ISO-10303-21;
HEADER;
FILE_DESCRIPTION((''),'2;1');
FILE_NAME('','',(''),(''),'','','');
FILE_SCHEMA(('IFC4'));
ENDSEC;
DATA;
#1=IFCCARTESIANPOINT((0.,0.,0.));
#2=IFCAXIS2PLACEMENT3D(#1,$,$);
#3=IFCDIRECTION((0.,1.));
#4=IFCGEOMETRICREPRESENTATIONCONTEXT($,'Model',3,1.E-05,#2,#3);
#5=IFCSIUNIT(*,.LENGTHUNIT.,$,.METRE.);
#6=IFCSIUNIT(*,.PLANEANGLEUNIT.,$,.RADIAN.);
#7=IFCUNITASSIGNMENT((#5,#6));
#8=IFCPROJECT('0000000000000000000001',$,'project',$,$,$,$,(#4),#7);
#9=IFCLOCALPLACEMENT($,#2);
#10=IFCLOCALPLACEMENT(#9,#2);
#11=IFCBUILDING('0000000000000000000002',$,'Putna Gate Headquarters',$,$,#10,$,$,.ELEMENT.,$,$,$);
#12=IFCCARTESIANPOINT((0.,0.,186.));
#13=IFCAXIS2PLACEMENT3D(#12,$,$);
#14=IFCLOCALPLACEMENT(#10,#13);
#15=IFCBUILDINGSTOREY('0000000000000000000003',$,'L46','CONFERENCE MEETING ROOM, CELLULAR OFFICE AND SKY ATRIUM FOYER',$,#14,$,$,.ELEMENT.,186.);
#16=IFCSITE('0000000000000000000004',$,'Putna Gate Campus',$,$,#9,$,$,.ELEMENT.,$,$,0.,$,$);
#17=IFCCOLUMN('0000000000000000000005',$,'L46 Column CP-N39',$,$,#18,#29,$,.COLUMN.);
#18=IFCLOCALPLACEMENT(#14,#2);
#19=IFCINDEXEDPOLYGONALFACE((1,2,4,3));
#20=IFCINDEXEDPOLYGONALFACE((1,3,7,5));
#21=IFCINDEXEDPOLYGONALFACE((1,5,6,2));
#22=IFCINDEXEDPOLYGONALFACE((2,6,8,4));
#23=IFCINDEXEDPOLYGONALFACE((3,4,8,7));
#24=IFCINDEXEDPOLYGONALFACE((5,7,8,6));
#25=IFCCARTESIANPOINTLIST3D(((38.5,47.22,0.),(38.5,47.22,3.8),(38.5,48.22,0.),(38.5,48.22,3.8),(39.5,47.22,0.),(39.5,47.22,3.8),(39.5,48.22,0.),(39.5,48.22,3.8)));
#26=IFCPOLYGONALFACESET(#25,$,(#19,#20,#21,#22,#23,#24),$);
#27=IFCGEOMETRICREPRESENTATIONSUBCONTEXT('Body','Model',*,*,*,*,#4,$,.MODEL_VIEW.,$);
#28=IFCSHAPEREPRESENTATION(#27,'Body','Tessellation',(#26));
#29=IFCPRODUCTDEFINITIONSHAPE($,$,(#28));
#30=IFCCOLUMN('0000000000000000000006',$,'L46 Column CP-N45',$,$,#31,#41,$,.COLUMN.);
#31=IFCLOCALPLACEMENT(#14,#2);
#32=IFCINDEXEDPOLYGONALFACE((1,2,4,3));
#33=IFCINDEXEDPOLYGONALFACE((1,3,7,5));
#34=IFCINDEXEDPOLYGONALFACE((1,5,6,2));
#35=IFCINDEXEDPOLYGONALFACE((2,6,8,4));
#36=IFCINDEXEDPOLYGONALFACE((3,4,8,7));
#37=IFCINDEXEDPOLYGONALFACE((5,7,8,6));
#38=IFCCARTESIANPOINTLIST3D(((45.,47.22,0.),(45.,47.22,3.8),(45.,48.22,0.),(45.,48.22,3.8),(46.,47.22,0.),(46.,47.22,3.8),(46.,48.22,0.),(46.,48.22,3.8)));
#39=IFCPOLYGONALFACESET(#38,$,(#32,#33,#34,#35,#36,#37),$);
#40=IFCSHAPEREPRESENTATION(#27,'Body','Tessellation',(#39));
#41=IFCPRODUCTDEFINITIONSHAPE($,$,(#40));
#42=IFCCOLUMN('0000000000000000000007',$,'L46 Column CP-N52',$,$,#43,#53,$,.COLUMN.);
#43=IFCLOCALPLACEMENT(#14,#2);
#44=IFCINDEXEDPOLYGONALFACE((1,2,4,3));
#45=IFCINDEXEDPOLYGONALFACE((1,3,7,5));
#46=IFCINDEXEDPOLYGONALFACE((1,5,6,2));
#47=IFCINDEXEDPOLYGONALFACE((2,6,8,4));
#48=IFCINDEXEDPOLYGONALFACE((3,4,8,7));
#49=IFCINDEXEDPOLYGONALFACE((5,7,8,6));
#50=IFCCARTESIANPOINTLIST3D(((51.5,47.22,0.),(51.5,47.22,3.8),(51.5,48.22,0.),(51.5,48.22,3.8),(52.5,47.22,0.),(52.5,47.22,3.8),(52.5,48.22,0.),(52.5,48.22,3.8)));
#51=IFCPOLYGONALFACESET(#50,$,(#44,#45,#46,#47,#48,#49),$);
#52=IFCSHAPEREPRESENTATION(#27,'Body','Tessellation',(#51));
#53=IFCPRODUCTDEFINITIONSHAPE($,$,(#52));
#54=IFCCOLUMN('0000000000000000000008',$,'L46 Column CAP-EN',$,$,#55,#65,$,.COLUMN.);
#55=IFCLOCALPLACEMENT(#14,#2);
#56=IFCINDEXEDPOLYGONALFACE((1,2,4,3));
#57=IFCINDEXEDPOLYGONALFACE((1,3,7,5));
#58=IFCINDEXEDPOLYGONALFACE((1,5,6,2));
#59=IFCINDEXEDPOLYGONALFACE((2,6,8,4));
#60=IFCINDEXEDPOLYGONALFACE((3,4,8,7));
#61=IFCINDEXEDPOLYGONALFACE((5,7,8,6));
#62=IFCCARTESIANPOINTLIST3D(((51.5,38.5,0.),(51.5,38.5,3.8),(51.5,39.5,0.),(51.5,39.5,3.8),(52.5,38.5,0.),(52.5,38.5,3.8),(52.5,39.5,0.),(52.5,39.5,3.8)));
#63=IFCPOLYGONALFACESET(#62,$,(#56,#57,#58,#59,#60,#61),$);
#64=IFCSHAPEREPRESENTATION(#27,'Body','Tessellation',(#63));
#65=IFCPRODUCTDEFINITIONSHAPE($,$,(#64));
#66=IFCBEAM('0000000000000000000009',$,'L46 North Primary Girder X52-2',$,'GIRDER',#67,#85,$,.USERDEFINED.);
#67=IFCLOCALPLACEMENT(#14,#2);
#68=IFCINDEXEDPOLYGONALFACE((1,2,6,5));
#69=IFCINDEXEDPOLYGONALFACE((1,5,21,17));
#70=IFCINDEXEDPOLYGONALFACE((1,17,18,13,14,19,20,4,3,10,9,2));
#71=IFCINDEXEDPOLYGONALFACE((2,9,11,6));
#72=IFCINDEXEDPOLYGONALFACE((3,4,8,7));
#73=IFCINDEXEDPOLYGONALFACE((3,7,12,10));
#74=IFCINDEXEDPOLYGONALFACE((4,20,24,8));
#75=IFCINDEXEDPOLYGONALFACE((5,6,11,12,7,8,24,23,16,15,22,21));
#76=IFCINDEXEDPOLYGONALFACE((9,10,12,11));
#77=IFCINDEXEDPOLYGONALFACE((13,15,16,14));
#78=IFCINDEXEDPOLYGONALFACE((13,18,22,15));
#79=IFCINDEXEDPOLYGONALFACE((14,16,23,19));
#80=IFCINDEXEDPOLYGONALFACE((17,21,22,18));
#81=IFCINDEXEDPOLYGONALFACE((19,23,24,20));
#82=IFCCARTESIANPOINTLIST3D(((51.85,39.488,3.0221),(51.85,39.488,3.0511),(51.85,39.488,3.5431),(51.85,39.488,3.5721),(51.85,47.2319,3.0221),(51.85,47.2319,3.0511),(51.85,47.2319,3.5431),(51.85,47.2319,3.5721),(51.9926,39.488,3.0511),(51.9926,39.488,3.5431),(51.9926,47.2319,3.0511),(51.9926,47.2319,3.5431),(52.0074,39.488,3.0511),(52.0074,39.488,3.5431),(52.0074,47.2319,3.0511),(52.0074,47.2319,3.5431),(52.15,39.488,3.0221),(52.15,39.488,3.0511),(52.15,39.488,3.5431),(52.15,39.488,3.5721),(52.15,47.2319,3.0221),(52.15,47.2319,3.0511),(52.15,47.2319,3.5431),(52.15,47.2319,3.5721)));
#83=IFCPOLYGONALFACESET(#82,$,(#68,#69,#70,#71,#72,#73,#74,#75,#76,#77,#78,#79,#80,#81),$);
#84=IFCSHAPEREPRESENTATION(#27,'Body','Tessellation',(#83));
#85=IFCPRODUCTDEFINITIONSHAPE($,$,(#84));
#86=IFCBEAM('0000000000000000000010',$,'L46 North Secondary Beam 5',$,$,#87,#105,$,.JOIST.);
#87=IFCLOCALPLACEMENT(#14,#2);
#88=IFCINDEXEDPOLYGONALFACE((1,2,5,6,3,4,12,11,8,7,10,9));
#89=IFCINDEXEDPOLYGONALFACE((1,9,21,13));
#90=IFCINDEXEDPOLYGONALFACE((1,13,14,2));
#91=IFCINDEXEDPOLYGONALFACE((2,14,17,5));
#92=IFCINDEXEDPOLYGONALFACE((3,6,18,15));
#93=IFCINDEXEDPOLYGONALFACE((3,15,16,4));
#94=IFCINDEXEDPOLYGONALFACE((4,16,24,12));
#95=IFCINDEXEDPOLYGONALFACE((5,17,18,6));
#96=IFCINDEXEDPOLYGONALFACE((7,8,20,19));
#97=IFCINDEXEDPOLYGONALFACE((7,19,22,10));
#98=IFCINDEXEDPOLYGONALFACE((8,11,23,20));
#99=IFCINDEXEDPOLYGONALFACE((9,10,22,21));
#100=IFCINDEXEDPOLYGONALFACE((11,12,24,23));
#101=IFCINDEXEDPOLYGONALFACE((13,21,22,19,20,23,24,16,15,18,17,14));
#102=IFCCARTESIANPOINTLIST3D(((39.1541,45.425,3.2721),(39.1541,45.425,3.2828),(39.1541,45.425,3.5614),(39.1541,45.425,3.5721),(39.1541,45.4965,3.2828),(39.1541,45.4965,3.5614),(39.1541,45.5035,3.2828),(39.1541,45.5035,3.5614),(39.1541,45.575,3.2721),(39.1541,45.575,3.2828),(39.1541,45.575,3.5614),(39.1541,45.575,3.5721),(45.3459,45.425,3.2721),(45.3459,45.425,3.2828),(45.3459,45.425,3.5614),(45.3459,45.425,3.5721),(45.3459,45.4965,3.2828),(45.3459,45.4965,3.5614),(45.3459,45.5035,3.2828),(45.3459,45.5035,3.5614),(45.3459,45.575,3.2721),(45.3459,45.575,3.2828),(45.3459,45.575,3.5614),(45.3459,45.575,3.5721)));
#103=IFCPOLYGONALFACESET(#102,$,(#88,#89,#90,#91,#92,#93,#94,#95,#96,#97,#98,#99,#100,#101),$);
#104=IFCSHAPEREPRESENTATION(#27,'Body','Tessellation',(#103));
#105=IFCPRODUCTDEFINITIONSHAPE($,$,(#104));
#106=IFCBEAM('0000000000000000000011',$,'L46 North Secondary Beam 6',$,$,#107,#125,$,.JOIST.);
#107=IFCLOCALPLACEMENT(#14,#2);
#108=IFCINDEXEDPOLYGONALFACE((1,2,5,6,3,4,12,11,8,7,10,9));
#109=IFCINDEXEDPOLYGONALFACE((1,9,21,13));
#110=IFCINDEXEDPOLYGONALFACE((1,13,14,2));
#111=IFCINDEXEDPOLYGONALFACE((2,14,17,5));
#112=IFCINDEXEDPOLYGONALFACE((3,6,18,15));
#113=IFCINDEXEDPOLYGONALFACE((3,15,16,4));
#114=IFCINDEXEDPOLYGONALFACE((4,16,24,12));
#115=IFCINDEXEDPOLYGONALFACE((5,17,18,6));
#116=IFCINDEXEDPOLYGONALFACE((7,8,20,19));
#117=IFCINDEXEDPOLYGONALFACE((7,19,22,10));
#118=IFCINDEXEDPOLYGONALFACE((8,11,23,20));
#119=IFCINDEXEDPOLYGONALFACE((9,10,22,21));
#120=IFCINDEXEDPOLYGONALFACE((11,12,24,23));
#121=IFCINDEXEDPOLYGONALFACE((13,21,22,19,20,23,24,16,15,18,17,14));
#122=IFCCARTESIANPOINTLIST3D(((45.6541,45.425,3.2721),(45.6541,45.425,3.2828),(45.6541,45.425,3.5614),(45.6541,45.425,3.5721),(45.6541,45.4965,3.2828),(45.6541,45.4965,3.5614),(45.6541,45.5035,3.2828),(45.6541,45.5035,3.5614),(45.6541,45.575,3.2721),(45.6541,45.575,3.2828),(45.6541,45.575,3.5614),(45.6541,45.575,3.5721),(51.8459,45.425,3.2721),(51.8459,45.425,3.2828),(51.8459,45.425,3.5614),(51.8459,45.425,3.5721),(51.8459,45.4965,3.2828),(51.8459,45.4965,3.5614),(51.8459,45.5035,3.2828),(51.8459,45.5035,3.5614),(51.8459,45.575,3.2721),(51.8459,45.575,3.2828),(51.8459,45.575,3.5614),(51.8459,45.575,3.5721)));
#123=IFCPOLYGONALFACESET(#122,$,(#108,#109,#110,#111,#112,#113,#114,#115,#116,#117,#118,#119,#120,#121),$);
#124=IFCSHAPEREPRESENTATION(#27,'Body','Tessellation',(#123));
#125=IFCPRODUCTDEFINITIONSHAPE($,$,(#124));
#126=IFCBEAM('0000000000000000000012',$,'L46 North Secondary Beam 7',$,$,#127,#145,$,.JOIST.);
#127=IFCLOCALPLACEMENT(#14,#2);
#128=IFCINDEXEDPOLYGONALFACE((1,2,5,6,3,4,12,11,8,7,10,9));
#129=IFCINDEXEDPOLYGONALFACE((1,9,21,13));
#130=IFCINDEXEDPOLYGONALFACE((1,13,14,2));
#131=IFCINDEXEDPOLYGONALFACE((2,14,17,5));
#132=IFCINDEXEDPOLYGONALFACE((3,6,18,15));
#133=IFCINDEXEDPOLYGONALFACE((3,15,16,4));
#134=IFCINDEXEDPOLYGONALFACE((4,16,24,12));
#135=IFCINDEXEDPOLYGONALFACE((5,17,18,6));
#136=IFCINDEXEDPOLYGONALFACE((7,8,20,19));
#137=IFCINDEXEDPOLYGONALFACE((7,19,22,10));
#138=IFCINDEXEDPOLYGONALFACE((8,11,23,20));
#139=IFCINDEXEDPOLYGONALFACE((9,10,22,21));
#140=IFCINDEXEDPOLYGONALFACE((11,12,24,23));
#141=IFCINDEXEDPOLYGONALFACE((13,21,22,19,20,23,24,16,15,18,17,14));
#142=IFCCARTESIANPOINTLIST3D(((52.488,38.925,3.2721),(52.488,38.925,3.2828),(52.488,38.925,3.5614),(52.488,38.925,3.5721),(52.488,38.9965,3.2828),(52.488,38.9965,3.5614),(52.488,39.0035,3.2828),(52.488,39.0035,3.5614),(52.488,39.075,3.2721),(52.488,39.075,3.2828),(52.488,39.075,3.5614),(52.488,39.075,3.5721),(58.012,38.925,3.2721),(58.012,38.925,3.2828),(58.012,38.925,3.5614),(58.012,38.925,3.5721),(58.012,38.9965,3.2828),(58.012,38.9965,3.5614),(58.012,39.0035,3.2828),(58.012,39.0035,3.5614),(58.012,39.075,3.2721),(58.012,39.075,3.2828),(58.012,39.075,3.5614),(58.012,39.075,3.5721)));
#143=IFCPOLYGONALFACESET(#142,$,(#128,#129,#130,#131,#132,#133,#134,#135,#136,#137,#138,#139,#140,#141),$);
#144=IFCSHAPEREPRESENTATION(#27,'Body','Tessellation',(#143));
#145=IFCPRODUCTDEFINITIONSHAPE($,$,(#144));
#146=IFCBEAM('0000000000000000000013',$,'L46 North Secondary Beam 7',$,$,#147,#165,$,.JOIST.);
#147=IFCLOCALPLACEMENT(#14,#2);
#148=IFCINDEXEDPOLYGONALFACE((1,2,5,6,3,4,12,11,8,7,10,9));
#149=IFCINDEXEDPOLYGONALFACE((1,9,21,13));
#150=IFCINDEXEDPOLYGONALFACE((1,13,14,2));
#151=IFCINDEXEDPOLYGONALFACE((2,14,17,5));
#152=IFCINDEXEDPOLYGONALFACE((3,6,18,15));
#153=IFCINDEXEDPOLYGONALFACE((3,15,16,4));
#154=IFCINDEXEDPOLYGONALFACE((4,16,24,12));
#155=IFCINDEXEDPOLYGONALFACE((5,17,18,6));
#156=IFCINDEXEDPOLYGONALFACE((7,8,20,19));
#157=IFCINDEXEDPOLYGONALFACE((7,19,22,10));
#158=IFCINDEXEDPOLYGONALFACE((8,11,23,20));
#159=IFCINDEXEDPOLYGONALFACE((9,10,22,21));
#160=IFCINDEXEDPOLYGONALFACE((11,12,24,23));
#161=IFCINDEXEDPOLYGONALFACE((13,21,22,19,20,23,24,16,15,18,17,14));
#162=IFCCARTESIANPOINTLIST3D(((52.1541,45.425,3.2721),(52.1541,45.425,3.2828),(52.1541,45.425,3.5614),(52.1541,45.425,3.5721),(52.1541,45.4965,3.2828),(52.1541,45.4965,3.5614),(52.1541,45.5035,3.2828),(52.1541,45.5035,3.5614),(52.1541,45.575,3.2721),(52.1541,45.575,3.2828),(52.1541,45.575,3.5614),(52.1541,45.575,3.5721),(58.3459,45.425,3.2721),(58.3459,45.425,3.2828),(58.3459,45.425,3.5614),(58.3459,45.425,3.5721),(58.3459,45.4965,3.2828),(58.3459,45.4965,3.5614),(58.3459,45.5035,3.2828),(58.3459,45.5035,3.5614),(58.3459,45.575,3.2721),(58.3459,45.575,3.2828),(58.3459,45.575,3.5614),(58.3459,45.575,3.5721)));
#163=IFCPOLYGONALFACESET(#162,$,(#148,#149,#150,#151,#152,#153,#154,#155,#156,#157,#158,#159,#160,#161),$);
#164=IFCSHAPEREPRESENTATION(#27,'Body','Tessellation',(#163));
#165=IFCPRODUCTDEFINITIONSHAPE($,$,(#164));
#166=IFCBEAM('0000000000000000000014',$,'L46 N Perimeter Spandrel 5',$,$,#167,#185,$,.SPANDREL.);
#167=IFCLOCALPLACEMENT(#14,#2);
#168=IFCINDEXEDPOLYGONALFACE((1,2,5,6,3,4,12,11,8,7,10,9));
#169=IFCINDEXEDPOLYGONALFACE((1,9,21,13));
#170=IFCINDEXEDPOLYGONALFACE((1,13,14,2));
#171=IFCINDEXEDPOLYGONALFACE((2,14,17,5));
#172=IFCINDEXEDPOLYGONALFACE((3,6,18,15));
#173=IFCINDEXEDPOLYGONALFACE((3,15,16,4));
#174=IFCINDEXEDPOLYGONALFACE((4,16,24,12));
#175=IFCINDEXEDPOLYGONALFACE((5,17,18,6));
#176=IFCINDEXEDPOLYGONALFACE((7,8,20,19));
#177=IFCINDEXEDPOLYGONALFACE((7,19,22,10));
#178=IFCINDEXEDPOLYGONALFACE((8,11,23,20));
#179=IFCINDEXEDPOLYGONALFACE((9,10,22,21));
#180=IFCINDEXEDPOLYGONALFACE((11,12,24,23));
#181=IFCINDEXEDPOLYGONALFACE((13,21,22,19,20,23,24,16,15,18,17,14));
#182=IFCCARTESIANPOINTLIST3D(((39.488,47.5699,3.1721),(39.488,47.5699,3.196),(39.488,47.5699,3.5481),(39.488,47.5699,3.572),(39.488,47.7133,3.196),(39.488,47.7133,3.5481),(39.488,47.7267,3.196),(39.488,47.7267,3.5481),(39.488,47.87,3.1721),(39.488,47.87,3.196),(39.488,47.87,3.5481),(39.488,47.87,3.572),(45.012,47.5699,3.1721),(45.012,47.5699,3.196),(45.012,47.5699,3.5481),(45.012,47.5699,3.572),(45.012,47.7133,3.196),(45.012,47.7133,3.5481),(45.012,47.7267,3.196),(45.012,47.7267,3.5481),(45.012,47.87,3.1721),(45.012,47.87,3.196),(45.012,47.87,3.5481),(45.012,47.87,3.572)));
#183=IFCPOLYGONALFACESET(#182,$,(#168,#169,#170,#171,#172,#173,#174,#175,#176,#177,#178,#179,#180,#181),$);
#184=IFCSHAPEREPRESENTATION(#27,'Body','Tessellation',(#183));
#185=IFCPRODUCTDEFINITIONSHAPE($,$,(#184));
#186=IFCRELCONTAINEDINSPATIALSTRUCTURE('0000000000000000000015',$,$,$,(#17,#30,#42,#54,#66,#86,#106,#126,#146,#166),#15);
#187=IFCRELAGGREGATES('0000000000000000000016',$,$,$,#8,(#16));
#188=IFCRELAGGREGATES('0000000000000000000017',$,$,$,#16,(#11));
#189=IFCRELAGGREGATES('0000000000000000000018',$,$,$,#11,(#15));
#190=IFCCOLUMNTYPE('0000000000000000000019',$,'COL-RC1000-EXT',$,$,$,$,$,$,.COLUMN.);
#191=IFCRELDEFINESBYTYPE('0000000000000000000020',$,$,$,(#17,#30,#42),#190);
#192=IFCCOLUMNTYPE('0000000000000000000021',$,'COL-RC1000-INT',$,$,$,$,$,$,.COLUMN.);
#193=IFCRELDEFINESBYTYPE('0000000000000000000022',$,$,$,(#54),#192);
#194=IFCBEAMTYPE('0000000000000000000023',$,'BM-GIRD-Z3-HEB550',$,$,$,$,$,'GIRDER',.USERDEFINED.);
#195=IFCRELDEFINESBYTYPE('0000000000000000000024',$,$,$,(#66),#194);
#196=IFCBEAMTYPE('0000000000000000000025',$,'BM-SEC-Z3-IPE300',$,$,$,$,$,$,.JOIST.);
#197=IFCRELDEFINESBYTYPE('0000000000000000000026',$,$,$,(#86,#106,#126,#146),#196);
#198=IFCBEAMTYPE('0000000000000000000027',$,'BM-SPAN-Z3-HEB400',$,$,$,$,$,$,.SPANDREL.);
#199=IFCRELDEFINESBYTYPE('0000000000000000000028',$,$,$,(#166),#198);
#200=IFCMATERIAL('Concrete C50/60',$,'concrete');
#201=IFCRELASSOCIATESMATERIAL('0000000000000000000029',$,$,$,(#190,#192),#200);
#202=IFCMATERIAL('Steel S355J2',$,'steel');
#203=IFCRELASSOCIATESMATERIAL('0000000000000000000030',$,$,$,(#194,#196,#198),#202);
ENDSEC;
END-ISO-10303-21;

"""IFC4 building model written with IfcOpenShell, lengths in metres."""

from ifc_helpers import new_model, si_unit, direction, frame, origin, origin_2d, place, context, subcontext, project, spatial, rectangle, i_section, extrude, material, material_profile, profile_set, type_object, element, save


model = new_model("IFC4")

# Units and contexts
model_context = context("Model", 3, precision=1e-05, world=origin(), true_north=direction((0.0, 1.0)))
body_context = subcontext(model_context, "Body", "Model", "MODEL_VIEW")
ifc_project = project(units=[si_unit("LENGTHUNIT", "METRE"), si_unit("PLANEANGLEUNIT", "RADIAN")], contexts=[model_context])

# Site, building, storey
site_placement = place(None, origin())
site = spatial("IfcSite", under=ifc_project, at=site_placement, Name="Putna Gate Campus", CompositionType="ELEMENT", RefElevation=0.0)
building_placement = place(site_placement, origin())
building = spatial("IfcBuilding", under=site, at=building_placement, Name="Putna Gate Headquarters", CompositionType="ELEMENT")
storey_placement = place(building_placement, frame((0.0, 0.0, 186.0)))
storey = spatial("IfcBuildingStorey", under=building, at=storey_placement, Name="L46", Description="CONFERENCE MEETING ROOM, CELLULAR OFFICE AND SKY ATRIUM FOYER", CompositionType="ELEMENT", Elevation=186.0)

# Columns
ifc_material_1 = material(Name="Concrete C50/60", Category="concrete")
ifc_material_profile_1 = material_profile(ifc_material_1, rectangle(XDim=1.0, YDim=1.0, at=origin_2d()), Name="Concrete C50/60")
ifc_profile_set_1 = profile_set([ifc_material_profile_1], Name="Concrete C50/60")
column_type_1 = type_object("IfcColumnType", Name="COL-RC1000-EXT", PredefinedType="COLUMN", material=ifc_profile_set_1)
for number, where, z_axis, x_axis, name in (
    (1, (39.0, 47.72, 0.0), (0.0, 0.0, 1.0), (1.0, 0.0, 0.0), "L46 Column CP-N39"),
    (2, (45.5, 47.72, 0.0), (0.0, 0.0, 1.0), (1.0, 0.0, 0.0), "L46 Column CP-N45"),
    (3, (52.0, 47.72, 0.0), (0.0, 0.0, 1.0), (1.0, 0.0, 0.0), "L46 Column CP-N52"),
):
    element("IfcColumn", number, at=place(storey_placement, frame(where, z_axis=z_axis, x_axis=x_axis)), inside=storey, type_object=column_type_1, Name=name, PredefinedType="COLUMN", context=body_context, shape_type="SweptSolid", body=[
        extrude(rectangle(XDim=1.0, YDim=1.0, at=origin_2d()), origin(), (0.0, 0.0, 1.0), 3.8),
    ])
ifc_material_profile_2 = material_profile(ifc_material_1, rectangle(XDim=1.0, YDim=1.0, at=origin_2d()), Name="Concrete C50/60")
ifc_profile_set_2 = profile_set([ifc_material_profile_2], Name="Concrete C50/60")
column_type_2 = type_object("IfcColumnType", Name="COL-RC1000-INT", PredefinedType="COLUMN", material=ifc_profile_set_2)
column_placement = place(storey_placement, frame((52.0, 39.0, 0.0), z_axis=(0.0, 0.0, 1.0), x_axis=(1.0, 0.0, 0.0)))
element("IfcColumn", 4, at=column_placement, inside=storey, type_object=column_type_2, Name="L46 Column CAP-EN", PredefinedType="COLUMN", context=body_context, shape_type="SweptSolid", body=[
    extrude(rectangle(XDim=1.0, YDim=1.0, at=origin_2d()), origin(), (0.0, 0.0, 1.0), 3.8),
])

# Beams
ifc_material_2 = material(Name="Steel S355J2", Category="steel")
ifc_material_profile_3 = material_profile(ifc_material_2, i_section(OverallWidth=0.3, OverallDepth=0.55, WebThickness=0.0149, FlangeThickness=0.0291, at=origin_2d()), Name="Steel S355J2")
ifc_profile_set_3 = profile_set([ifc_material_profile_3], Name="Steel S355J2")
beam_type_1 = type_object("IfcBeamType", Name="BM-GIRD-Z3-HEB550", ElementType="GIRDER", PredefinedType="USERDEFINED", material=ifc_profile_set_3)
beam_1_placement = place(storey_placement, frame((52.0, 39.488, 3.2971), z_axis=(0.0, 1.0, 0.0), x_axis=(-1.0, 0.0, 0.0)))
element("IfcBeam", 5, at=beam_1_placement, inside=storey, type_object=beam_type_1, Name="L46 North Primary Girder X52-2", ObjectType="GIRDER", PredefinedType="USERDEFINED", context=body_context, shape_type="SweptSolid", body=[
    extrude(i_section(OverallWidth=0.3, OverallDepth=0.55, WebThickness=0.0149, FlangeThickness=0.0291, at=origin_2d()), origin(), (0.0, 0.0, 1.0), 7.7439),
])
ifc_material_profile_4 = material_profile(ifc_material_2, i_section(OverallWidth=0.1499, OverallDepth=0.3, WebThickness=0.0071, FlangeThickness=0.0107, at=origin_2d()), Name="Steel S355J2")
ifc_profile_set_4 = profile_set([ifc_material_profile_4], Name="Steel S355J2")
beam_type_2 = type_object("IfcBeamType", Name="BM-SEC-Z3-IPE300", PredefinedType="JOIST", material=ifc_profile_set_4)
for number, where, z_axis, x_axis, name in (
    (6, (39.1541, 45.5, 3.4221), (1.0, 0.0, 0.0), (0.0, 1.0, 0.0), "L46 North Secondary Beam 5"),
    (7, (45.6541, 45.5, 3.4221), (1.0, 0.0, 0.0), (0.0, 1.0, 0.0), "L46 North Secondary Beam 6"),
):
    element("IfcBeam", number, at=place(storey_placement, frame(where, z_axis=z_axis, x_axis=x_axis)), inside=storey, type_object=beam_type_2, Name=name, PredefinedType="JOIST", context=body_context, shape_type="SweptSolid", body=[
        extrude(i_section(OverallWidth=0.1499, OverallDepth=0.3, WebThickness=0.0071, FlangeThickness=0.0107, at=origin_2d()), origin(), (0.0, 0.0, 1.0), 6.1919),
    ])
beam_2_placement = place(storey_placement, frame((52.488, 39.0, 3.4221), z_axis=(1.0, 0.0, 0.0), x_axis=(0.0, 1.0, 0.0)))
element("IfcBeam", 8, at=beam_2_placement, inside=storey, type_object=beam_type_2, Name="L46 North Secondary Beam 7", PredefinedType="JOIST", context=body_context, shape_type="SweptSolid", body=[
    extrude(i_section(OverallWidth=0.1499, OverallDepth=0.3, WebThickness=0.0071, FlangeThickness=0.0107, at=origin_2d()), origin(), (0.0, 0.0, 1.0), 5.5239),
])
beam_3_placement = place(storey_placement, frame((52.1541, 45.5, 3.4221), z_axis=(1.0, 0.0, 0.0), x_axis=(0.0, 1.0, 0.0)))
element("IfcBeam", 9, at=beam_3_placement, inside=storey, type_object=beam_type_2, Name="L46 North Secondary Beam 7", PredefinedType="JOIST", context=body_context, shape_type="SweptSolid", body=[
    extrude(i_section(OverallWidth=0.1499, OverallDepth=0.3, WebThickness=0.0071, FlangeThickness=0.0107, at=origin_2d()), origin(), (0.0, 0.0, 1.0), 6.1919),
])
ifc_material_profile_5 = material_profile(ifc_material_2, i_section(OverallWidth=0.3, OverallDepth=0.3999, WebThickness=0.0134, FlangeThickness=0.0239, at=origin_2d()), Name="Steel S355J2")
ifc_profile_set_5 = profile_set([ifc_material_profile_5], Name="Steel S355J2")
beam_type_3 = type_object("IfcBeamType", Name="BM-SPAN-Z3-HEB400", PredefinedType="SPANDREL", material=ifc_profile_set_5)
for number, where, z_axis, x_axis, name in (
    (10, (39.488, 47.72, 3.3721), (1.0, 0.0, 0.0), (0.0, 1.0, 0.0), "L46 N Perimeter Spandrel 5"),
):
    element("IfcBeam", number, at=place(storey_placement, frame(where, z_axis=z_axis, x_axis=x_axis)), inside=storey, type_object=beam_type_3, Name=name, PredefinedType="SPANDREL", context=body_context, shape_type="SweptSolid", body=[
        extrude(i_section(OverallWidth=0.3, OverallDepth=0.3999, WebThickness=0.0134, FlangeThickness=0.0239, at=origin_2d()), origin(), (0.0, 0.0, 1.0), 5.5239),
    ])

save(model, "model.ifc")
